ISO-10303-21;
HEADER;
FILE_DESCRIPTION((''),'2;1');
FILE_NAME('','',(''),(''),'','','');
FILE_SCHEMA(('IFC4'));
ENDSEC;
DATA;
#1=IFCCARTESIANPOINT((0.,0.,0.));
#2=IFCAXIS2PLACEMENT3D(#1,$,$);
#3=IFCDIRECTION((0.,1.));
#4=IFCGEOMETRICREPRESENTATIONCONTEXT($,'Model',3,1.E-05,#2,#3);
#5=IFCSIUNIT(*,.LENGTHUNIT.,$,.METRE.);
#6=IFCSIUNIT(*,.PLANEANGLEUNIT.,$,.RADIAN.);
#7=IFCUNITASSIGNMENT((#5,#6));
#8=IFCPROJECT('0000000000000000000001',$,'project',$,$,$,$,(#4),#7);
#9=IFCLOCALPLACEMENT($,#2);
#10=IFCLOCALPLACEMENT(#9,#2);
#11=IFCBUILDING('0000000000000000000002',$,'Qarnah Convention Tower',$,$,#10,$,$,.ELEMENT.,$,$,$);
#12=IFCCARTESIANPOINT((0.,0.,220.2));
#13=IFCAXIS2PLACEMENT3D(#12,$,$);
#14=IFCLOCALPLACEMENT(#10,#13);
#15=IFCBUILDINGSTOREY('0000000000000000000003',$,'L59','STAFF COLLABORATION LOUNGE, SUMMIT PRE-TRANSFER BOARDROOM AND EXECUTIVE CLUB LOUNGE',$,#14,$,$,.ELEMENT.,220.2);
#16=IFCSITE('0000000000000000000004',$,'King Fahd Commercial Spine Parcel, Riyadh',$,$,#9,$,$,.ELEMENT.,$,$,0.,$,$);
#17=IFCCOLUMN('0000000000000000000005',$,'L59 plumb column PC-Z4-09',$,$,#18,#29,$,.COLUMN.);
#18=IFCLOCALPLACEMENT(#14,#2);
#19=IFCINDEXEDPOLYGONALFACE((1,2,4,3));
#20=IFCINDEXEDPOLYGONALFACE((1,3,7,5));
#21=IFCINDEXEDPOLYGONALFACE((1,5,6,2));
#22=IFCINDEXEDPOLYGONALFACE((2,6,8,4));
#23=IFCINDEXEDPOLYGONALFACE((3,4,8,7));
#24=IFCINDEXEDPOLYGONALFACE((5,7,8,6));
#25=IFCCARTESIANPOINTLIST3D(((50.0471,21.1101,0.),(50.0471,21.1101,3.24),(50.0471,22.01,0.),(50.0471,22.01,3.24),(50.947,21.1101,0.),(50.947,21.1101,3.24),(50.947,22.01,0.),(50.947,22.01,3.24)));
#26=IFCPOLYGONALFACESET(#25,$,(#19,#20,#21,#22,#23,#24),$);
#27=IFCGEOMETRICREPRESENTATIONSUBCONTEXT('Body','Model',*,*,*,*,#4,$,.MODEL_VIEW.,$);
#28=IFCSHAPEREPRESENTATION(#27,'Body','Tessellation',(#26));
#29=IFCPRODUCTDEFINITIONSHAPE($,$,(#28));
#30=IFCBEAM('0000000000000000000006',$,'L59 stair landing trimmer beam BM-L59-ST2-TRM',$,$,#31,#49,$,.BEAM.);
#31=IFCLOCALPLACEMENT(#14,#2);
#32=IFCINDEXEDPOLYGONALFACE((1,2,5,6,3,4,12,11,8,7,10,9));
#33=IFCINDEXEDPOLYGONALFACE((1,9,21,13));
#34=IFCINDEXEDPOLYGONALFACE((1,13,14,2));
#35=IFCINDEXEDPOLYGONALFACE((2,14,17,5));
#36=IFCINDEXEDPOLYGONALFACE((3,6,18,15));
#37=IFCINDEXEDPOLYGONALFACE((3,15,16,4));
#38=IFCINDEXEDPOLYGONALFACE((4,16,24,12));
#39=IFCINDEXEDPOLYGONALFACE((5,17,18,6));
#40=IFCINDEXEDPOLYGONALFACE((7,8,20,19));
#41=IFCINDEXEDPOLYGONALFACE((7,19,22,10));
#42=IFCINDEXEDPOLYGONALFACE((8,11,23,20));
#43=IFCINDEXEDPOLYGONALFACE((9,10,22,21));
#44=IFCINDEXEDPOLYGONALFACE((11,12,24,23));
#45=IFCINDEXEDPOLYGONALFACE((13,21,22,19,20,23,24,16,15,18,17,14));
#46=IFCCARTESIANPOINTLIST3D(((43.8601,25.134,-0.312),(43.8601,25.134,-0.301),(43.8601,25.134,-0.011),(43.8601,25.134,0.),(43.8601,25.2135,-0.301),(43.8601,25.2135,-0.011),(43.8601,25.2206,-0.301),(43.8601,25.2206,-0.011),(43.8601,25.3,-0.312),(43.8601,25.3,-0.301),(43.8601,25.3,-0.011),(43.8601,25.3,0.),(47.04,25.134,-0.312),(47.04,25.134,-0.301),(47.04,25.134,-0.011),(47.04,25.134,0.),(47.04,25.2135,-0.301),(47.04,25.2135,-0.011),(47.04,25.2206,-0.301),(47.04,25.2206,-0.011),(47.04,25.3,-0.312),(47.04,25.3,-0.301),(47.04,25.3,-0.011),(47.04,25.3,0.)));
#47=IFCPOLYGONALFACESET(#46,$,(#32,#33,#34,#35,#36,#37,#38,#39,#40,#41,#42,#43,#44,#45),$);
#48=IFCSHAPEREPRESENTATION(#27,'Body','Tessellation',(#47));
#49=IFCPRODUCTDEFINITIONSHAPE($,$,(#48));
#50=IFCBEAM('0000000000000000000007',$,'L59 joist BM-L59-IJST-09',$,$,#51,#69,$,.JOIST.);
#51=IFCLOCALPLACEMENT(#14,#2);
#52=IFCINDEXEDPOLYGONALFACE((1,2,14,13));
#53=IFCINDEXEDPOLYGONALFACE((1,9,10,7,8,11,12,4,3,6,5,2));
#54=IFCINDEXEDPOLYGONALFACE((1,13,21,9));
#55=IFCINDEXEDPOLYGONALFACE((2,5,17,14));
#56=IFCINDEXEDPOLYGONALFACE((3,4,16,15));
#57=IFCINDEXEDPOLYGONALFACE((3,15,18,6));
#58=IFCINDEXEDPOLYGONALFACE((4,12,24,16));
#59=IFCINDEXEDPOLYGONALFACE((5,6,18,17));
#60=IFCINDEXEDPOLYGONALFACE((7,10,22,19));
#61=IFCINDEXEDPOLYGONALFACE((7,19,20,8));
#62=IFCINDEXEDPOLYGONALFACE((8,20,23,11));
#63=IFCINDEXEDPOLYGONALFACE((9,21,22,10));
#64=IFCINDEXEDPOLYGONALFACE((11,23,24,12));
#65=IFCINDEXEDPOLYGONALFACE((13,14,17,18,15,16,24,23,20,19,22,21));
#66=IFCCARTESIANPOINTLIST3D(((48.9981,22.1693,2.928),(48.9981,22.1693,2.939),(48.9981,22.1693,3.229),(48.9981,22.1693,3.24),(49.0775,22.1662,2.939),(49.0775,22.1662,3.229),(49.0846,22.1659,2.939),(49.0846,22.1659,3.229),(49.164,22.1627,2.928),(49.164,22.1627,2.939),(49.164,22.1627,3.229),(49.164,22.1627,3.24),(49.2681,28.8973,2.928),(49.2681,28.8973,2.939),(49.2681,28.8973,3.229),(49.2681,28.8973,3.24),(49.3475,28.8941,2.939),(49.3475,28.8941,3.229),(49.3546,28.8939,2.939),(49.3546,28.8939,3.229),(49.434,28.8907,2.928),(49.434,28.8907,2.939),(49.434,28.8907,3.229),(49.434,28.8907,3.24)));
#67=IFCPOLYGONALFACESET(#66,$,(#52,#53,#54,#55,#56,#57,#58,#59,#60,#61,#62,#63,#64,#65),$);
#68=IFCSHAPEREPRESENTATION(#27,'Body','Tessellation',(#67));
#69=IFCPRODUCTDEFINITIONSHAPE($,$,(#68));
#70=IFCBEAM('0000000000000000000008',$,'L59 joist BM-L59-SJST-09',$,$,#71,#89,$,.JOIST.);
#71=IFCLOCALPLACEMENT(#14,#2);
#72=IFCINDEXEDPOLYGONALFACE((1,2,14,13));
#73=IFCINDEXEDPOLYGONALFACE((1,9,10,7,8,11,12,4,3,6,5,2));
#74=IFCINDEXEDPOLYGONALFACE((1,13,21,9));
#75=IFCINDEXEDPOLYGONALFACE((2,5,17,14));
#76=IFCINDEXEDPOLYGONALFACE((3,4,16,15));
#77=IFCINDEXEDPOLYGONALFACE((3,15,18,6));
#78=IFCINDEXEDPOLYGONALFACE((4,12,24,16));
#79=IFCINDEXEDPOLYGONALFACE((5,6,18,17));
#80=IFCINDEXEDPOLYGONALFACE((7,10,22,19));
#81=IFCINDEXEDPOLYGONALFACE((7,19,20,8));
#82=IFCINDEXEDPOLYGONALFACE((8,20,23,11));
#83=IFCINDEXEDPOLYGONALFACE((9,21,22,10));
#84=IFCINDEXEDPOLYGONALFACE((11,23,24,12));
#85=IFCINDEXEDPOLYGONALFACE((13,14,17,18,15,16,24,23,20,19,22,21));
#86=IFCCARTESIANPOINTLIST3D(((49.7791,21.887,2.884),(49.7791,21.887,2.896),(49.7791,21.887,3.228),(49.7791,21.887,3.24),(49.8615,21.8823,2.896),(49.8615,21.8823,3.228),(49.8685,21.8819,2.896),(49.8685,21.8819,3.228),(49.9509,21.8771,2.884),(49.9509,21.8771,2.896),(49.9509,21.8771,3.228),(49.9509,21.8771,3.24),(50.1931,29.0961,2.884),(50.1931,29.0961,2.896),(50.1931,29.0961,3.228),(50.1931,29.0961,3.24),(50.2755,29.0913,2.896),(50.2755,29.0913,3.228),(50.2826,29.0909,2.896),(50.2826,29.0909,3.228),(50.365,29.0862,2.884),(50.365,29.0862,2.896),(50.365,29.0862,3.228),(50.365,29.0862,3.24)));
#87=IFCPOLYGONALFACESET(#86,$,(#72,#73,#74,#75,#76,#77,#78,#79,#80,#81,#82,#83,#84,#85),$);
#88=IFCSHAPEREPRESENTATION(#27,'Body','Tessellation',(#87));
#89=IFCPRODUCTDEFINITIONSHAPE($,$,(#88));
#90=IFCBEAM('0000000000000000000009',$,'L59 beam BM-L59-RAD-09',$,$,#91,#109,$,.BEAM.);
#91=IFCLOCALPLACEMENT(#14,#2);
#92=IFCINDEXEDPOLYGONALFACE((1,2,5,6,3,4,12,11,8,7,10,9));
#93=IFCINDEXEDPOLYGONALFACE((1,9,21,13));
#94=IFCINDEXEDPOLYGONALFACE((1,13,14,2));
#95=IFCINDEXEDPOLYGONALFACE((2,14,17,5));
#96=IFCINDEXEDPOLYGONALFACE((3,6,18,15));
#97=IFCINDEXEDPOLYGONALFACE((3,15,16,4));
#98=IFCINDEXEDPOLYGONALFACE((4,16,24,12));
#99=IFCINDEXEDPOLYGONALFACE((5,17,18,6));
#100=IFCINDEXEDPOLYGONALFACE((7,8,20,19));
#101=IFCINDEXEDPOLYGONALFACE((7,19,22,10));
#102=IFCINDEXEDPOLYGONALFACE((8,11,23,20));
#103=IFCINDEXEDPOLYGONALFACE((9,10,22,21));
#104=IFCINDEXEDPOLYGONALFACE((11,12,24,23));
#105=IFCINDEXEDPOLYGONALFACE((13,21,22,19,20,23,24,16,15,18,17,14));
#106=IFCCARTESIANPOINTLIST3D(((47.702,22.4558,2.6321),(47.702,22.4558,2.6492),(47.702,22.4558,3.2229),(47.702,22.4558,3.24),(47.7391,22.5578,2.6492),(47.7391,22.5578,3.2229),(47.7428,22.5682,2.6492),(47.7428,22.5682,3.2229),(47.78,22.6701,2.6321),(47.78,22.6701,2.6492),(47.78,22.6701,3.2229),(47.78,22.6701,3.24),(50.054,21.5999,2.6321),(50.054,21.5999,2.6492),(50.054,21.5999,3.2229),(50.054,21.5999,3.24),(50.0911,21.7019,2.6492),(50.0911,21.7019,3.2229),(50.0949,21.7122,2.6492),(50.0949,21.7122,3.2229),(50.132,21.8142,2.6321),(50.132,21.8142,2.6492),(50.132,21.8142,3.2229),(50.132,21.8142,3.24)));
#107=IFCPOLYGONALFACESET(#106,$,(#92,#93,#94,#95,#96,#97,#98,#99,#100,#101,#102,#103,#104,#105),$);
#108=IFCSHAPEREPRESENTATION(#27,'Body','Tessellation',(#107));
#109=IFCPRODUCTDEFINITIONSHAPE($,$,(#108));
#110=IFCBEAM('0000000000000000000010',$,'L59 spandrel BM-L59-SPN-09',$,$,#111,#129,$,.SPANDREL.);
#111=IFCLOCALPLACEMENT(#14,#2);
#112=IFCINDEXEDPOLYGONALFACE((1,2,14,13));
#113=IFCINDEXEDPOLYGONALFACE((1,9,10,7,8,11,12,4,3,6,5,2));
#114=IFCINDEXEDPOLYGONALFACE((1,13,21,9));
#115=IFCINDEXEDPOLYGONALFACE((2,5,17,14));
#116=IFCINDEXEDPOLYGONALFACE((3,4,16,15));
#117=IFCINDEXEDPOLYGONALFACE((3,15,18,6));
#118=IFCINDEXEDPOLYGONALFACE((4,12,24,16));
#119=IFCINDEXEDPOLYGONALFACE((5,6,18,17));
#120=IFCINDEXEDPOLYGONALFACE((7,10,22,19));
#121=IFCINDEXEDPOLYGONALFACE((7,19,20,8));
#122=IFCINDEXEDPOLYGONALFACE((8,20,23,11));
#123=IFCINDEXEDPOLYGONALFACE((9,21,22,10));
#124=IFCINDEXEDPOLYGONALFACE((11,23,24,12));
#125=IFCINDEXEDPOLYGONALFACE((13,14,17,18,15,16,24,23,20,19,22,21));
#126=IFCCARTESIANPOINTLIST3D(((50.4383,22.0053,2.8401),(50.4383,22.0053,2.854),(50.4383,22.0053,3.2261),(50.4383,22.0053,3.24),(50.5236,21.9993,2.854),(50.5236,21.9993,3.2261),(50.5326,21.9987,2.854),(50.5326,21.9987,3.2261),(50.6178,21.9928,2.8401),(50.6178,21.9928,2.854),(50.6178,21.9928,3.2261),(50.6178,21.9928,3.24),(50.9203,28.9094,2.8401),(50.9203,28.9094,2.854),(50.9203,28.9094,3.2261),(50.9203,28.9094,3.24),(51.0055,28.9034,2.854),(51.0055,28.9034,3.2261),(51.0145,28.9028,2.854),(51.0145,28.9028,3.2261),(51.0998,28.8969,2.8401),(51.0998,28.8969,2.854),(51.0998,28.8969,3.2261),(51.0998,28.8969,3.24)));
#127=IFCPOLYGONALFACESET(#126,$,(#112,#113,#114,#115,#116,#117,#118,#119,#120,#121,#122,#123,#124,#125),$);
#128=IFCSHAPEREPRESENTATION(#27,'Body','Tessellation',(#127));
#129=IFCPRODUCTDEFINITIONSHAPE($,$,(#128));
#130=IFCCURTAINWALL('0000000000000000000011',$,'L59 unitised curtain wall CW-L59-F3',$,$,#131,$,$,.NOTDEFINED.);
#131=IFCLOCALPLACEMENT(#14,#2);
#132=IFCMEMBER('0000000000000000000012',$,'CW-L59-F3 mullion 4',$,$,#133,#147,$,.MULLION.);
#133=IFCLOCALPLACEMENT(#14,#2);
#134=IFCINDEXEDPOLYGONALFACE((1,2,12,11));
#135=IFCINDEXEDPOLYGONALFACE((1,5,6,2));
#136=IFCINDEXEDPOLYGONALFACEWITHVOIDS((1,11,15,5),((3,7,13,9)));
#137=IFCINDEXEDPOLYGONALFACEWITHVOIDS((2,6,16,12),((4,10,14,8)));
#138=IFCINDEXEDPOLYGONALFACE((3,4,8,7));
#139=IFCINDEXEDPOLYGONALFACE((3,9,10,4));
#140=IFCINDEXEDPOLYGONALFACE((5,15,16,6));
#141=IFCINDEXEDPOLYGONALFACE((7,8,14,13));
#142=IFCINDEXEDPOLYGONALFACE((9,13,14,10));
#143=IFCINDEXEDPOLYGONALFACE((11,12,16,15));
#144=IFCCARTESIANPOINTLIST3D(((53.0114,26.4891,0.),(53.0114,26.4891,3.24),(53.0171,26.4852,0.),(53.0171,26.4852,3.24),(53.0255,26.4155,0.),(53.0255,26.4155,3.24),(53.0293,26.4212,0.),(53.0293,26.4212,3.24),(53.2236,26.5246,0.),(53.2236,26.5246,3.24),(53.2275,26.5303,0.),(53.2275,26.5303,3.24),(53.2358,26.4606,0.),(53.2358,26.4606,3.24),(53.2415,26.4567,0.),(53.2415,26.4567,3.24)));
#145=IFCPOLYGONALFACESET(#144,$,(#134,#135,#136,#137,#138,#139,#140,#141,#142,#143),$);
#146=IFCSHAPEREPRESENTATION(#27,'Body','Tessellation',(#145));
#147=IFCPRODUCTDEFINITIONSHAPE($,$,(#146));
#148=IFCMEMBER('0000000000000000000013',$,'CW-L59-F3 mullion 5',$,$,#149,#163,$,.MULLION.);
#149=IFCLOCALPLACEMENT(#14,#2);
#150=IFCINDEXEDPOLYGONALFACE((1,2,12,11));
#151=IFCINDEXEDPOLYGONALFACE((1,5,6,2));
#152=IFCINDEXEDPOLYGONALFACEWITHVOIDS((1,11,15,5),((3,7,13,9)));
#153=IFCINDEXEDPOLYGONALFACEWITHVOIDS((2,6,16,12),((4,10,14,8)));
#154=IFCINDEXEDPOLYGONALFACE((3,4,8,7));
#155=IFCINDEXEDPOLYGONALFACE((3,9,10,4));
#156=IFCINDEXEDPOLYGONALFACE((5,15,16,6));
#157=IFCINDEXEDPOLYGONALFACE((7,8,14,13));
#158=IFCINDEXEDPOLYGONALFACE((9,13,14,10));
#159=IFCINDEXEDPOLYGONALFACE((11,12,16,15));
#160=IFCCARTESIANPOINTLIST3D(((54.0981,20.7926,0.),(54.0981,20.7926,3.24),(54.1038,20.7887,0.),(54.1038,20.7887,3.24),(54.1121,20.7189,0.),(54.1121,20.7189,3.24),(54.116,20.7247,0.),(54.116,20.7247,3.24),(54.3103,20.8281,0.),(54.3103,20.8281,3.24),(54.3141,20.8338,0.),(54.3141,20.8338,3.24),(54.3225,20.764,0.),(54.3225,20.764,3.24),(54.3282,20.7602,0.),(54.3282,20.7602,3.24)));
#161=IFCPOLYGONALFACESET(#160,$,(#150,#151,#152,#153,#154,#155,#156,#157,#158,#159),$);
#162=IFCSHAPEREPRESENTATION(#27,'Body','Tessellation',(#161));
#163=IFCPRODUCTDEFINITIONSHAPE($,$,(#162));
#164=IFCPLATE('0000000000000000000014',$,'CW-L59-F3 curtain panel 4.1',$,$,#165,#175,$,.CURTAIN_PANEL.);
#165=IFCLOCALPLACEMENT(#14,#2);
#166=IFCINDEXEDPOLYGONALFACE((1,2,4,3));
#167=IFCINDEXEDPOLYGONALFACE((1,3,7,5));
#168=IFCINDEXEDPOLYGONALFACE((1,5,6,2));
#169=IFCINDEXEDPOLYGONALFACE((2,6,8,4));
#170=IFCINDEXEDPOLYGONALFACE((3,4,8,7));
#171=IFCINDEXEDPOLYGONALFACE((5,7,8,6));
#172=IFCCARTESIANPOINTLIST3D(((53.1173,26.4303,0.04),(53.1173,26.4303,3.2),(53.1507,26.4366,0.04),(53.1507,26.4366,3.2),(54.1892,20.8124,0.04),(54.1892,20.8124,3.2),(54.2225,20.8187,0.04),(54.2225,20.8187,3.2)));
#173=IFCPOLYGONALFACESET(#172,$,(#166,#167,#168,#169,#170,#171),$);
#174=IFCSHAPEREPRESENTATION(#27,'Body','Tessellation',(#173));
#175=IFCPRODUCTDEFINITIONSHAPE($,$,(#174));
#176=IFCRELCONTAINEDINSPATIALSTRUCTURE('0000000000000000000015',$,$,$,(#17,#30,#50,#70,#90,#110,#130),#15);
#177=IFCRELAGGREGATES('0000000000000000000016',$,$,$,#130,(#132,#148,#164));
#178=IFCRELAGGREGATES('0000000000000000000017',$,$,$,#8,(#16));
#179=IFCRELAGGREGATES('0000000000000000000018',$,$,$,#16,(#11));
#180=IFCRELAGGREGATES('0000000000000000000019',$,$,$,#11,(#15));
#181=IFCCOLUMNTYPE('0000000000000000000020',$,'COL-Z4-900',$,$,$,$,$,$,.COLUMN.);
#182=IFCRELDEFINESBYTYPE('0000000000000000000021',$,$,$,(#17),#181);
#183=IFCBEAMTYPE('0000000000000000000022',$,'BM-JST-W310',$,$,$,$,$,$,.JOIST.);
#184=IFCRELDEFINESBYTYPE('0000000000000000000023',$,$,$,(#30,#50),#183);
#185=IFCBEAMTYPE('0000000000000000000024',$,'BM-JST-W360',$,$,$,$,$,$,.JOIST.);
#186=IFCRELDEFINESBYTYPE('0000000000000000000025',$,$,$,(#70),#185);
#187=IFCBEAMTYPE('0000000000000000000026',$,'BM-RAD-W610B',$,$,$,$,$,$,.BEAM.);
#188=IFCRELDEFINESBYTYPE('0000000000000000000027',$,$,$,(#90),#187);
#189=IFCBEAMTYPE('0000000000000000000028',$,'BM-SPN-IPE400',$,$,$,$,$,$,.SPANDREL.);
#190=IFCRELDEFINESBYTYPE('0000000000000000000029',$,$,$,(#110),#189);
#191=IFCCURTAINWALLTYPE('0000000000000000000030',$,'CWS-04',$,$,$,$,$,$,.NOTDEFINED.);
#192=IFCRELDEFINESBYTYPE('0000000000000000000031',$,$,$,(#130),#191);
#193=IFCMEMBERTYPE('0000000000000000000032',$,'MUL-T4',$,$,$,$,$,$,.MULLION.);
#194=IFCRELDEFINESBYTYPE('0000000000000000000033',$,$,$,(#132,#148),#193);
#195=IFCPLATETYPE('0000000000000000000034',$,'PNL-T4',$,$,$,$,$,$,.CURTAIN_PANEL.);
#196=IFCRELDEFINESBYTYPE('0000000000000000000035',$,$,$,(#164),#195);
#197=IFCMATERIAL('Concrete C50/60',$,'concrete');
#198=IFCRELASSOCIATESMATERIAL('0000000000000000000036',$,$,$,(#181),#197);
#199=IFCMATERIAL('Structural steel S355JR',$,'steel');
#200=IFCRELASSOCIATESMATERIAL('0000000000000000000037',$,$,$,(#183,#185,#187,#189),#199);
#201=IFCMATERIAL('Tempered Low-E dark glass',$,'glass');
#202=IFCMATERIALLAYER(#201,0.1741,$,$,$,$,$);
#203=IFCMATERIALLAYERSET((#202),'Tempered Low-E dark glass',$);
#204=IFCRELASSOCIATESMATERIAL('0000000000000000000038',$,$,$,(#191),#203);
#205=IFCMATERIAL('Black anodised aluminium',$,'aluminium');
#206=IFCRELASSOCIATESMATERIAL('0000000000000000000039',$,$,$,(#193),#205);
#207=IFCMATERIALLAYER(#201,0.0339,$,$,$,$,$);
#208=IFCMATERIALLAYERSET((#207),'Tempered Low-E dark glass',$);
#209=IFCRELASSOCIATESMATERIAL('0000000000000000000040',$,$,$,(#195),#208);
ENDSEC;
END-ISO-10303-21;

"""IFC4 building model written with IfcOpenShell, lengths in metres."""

from ifc_helpers import new_model, si_unit, direction, frame, origin, origin_2d, place, context, subcontext, project, spatial, rectangle, hollow_rectangle, i_section, extrude, material, layer, layer_set, material_profile, profile_set, type_object, element, aggregate, save


model = new_model("IFC4")

# Units and contexts
model_context = context("Model", 3, precision=1e-05, world=origin(), true_north=direction((0.0, 1.0)))
body_context = subcontext(model_context, "Body", "Model", "MODEL_VIEW")
ifc_project = project(units=[si_unit("LENGTHUNIT", "METRE"), si_unit("PLANEANGLEUNIT", "RADIAN")], contexts=[model_context])

# Site, building, storey
site_placement = place(None, origin())
site = spatial("IfcSite", under=ifc_project, at=site_placement, Name="King Fahd Commercial Spine Parcel, Riyadh", CompositionType="ELEMENT", RefElevation=0.0)
building_placement = place(site_placement, origin())
building = spatial("IfcBuilding", under=site, at=building_placement, Name="Qarnah Convention Tower", CompositionType="ELEMENT")
storey_placement = place(building_placement, frame((0.0, 0.0, 220.2)))
storey = spatial("IfcBuildingStorey", under=building, at=storey_placement, Name="L59", Description="STAFF COLLABORATION LOUNGE, SUMMIT PRE-TRANSFER BOARDROOM AND EXECUTIVE CLUB LOUNGE", CompositionType="ELEMENT", Elevation=220.2)

# Column
ifc_material_1 = material(Name="Concrete C50/60", Category="concrete")
ifc_material_profile_1 = material_profile(ifc_material_1, rectangle(XDim=0.8999, YDim=0.8999, at=origin_2d()), Name="RC-COL-900X900")
ifc_profile_set_1 = profile_set([ifc_material_profile_1], Name="Concrete C50/60")
column_type = type_object("IfcColumnType", Name="COL-Z4-900", PredefinedType="COLUMN", material=ifc_profile_set_1)
column_placement = place(storey_placement, frame((50.4971, 21.5601, 0.0), z_axis=(0.0, 0.0, 1.0), x_axis=(1.0, 0.0, 0.0)))
element("IfcColumn", 1, at=column_placement, inside=storey, type_object=column_type, Name="L59 plumb column PC-Z4-09", PredefinedType="COLUMN", context=body_context, shape_type="SweptSolid", body=[
    extrude(rectangle(XDim=0.8999, YDim=0.8999, at=origin_2d()), origin(), (0.0, 0.0, 1.0), 3.24),
])

# Beams
ifc_material_2 = material(Name="Structural steel S355JR", Category="steel")
ifc_material_profile_2 = material_profile(ifc_material_2, i_section(OverallWidth=0.166, OverallDepth=0.312, WebThickness=0.0071, FlangeThickness=0.011, at=origin_2d()), Name="W310X45")
ifc_profile_set_2 = profile_set([ifc_material_profile_2], Name="Structural steel S355JR")
beam_type_1 = type_object("IfcBeamType", Name="BM-JST-W310", PredefinedType="JOIST", material=ifc_profile_set_2)
beam_1_placement = place(storey_placement, frame((43.8601, 25.217, -0.156), z_axis=(1.0, 0.0, 0.0), x_axis=(0.0, 1.0, 0.0)))
element("IfcBeam", 2, at=beam_1_placement, inside=storey, type_object=beam_type_1, Name="L59 stair landing trimmer beam BM-L59-ST2-TRM", PredefinedType="BEAM", context=body_context, shape_type="SweptSolid", body=[
    extrude(i_section(OverallWidth=0.166, OverallDepth=0.312, WebThickness=0.0071, FlangeThickness=0.011, at=origin_2d()), origin(), (0.0, 0.0, 1.0), 3.1799),
])
beam_2_placement = place(storey_placement, frame((49.0811, 22.166, 3.084), z_axis=(0.040101, 0.999196, 0.0), x_axis=(-0.999196, 0.040101, 0.0)))
element("IfcBeam", 3, at=beam_2_placement, inside=storey, type_object=beam_type_1, Name="L59 joist BM-L59-IJST-09", PredefinedType="JOIST", context=body_context, shape_type="SweptSolid", body=[
    extrude(i_section(OverallWidth=0.166, OverallDepth=0.312, WebThickness=0.0071, FlangeThickness=0.011, at=origin_2d()), origin(), (0.0, 0.0, 1.0), 6.7334),
])
ifc_material_profile_3 = material_profile(ifc_material_2, i_section(OverallWidth=0.1721, OverallDepth=0.356, WebThickness=0.0071, FlangeThickness=0.012, at=origin_2d()), Name="W360X51")
ifc_profile_set_3 = profile_set([ifc_material_profile_3], Name="Structural steel S355JR")
beam_type_2 = type_object("IfcBeamType", Name="BM-JST-W360", PredefinedType="JOIST", material=ifc_profile_set_3)
beam_3_placement = place(storey_placement, frame((49.865, 21.8821, 3.062), z_axis=(0.057343, 0.998355, 0.0), x_axis=(-0.998355, 0.057343, 0.0)))
element("IfcBeam", 4, at=beam_3_placement, inside=storey, type_object=beam_type_2, Name="L59 joist BM-L59-SJST-09", PredefinedType="JOIST", context=body_context, shape_type="SweptSolid", body=[
    extrude(i_section(OverallWidth=0.1721, OverallDepth=0.356, WebThickness=0.0071, FlangeThickness=0.012, at=origin_2d()), origin(), (0.0, 0.0, 1.0), 7.2209),
])
ifc_material_profile_4 = material_profile(ifc_material_2, i_section(OverallWidth=0.228, OverallDepth=0.6079, WebThickness=0.011, FlangeThickness=0.0171, at=origin_2d()), Name="W610X113")
ifc_profile_set_4 = profile_set([ifc_material_profile_4], Name="Structural steel S355JR")
beam_type_3 = type_object("IfcBeamType", Name="BM-RAD-W610B", PredefinedType="BEAM", material=ifc_profile_set_4)
beam_4_placement = place(storey_placement, frame((47.741, 22.563, 2.936), z_axis=(0.939708, -0.341978, 0.0), x_axis=(0.341978, 0.939708, 0.0)))
element("IfcBeam", 5, at=beam_4_placement, inside=storey, type_object=beam_type_3, Name="L59 beam BM-L59-RAD-09", PredefinedType="BEAM", context=body_context, shape_type="SweptSolid", body=[
    extrude(i_section(OverallWidth=0.228, OverallDepth=0.6079, WebThickness=0.011, FlangeThickness=0.0171, at=origin_2d()), origin(), (0.0, 0.0, 1.0), 2.5029),
])
ifc_material_profile_5 = material_profile(ifc_material_2, i_section(OverallWidth=0.1799, OverallDepth=0.3999, WebThickness=0.009, FlangeThickness=0.0139, at=origin_2d()), Name="IPE400")
ifc_profile_set_5 = profile_set([ifc_material_profile_5], Name="Structural steel S355JR")
beam_type_4 = type_object("IfcBeamType", Name="BM-SPN-IPE400", PredefinedType="SPANDREL", material=ifc_profile_set_5)
beam_5_placement = place(storey_placement, frame((50.5281, 21.999, 3.04), z_axis=(0.069635, 0.997573, 0.0), x_axis=(-0.997573, 0.069635, 0.0)))
element("IfcBeam", 6, at=beam_5_placement, inside=storey, type_object=beam_type_4, Name="L59 spandrel BM-L59-SPN-09", PredefinedType="SPANDREL", context=body_context, shape_type="SweptSolid", body=[
    extrude(i_section(OverallWidth=0.1799, OverallDepth=0.3999, WebThickness=0.009, FlangeThickness=0.0139, at=origin_2d()), origin(), (0.0, 0.0, 1.0), 6.9209),
])

# Curtain wall, members, plate
ifc_material_3 = material(Name="Tempered Low-E dark glass", Category="glass")
ifc_layer_1 = layer(ifc_material_3, 0.1741)
ifc_layer_set_1 = layer_set([ifc_layer_1], Name="Tempered Low-E dark glass")
curtain_wall_type = type_object("IfcCurtainWallType", Name="CWS-04", PredefinedType="NOTDEFINED", material=ifc_layer_set_1)
curtain_wall_placement = place(storey_placement, origin())
curtain_wall = element("IfcCurtainWall", 7, at=curtain_wall_placement, inside=storey, type_object=curtain_wall_type, Name="L59 unitised curtain wall CW-L59-F3", PredefinedType="NOTDEFINED")
ifc_material_4 = material(Name="Black anodised aluminium", Category="aluminium")
ifc_material_profile_6 = material_profile(ifc_material_4, hollow_rectangle(XDim=0.075, YDim=0.22, WallThickness=0.0049, at=origin_2d()), Name="MUL-75X220")
ifc_profile_set_6 = profile_set([ifc_material_profile_6], Name="Black anodised aluminium")
member_type = type_object("IfcMemberType", Name="MUL-T4", PredefinedType="MULLION", material=ifc_profile_set_6)
member_1_placement = place(storey_placement, frame((53.1265, 26.4729, 0.0), z_axis=(0.0, 0.0, 1.0), x_axis=(0.187407, -0.982282, 0.0)))
member_1 = element("IfcMember", 8, at=member_1_placement, type_object=member_type, Name="CW-L59-F3 mullion 4", PredefinedType="MULLION", context=body_context, shape_type="SweptSolid", body=[
    extrude(hollow_rectangle(XDim=0.075, YDim=0.22, WallThickness=0.0049, at=origin_2d()), origin(), (0.0, 0.0, 1.0), 3.24),
])
member_2_placement = place(storey_placement, frame((54.2131, 20.7764, 0.0), z_axis=(0.0, 0.0, 1.0), x_axis=(0.187407, -0.982282, 0.0)))
member_2 = element("IfcMember", 9, at=member_2_placement, type_object=member_type, Name="CW-L59-F3 mullion 5", PredefinedType="MULLION", context=body_context, shape_type="SweptSolid", body=[
    extrude(hollow_rectangle(XDim=0.075, YDim=0.22, WallThickness=0.0049, at=origin_2d()), origin(), (0.0, 0.0, 1.0), 3.24),
])
ifc_layer_2 = layer(ifc_material_3, 0.0339)
ifc_layer_set_2 = layer_set([ifc_layer_2], Name="Tempered Low-E dark glass")
plate_type = type_object("IfcPlateType", Name="PNL-T4", PredefinedType="CURTAIN_PANEL", material=ifc_layer_set_2)
plate_placement = place(storey_placement, frame((53.6699, 23.6245, 0.04), z_axis=(0.0, 0.0, 1.0), x_axis=(0.187407, -0.982282, 0.0)))
plate = element("IfcPlate", 10, at=plate_placement, type_object=plate_type, Name="CW-L59-F3 curtain panel 4.1", PredefinedType="CURTAIN_PANEL", context=body_context, shape_type="SweptSolid", body=[
    extrude(rectangle(XDim=5.7192, YDim=0.0339, at=origin_2d()), origin(), (0.0, 0.0, 1.0), 3.1599),
])
aggregate(curtain_wall, [member_1, member_2, plate])

save(model, "model.ifc")
